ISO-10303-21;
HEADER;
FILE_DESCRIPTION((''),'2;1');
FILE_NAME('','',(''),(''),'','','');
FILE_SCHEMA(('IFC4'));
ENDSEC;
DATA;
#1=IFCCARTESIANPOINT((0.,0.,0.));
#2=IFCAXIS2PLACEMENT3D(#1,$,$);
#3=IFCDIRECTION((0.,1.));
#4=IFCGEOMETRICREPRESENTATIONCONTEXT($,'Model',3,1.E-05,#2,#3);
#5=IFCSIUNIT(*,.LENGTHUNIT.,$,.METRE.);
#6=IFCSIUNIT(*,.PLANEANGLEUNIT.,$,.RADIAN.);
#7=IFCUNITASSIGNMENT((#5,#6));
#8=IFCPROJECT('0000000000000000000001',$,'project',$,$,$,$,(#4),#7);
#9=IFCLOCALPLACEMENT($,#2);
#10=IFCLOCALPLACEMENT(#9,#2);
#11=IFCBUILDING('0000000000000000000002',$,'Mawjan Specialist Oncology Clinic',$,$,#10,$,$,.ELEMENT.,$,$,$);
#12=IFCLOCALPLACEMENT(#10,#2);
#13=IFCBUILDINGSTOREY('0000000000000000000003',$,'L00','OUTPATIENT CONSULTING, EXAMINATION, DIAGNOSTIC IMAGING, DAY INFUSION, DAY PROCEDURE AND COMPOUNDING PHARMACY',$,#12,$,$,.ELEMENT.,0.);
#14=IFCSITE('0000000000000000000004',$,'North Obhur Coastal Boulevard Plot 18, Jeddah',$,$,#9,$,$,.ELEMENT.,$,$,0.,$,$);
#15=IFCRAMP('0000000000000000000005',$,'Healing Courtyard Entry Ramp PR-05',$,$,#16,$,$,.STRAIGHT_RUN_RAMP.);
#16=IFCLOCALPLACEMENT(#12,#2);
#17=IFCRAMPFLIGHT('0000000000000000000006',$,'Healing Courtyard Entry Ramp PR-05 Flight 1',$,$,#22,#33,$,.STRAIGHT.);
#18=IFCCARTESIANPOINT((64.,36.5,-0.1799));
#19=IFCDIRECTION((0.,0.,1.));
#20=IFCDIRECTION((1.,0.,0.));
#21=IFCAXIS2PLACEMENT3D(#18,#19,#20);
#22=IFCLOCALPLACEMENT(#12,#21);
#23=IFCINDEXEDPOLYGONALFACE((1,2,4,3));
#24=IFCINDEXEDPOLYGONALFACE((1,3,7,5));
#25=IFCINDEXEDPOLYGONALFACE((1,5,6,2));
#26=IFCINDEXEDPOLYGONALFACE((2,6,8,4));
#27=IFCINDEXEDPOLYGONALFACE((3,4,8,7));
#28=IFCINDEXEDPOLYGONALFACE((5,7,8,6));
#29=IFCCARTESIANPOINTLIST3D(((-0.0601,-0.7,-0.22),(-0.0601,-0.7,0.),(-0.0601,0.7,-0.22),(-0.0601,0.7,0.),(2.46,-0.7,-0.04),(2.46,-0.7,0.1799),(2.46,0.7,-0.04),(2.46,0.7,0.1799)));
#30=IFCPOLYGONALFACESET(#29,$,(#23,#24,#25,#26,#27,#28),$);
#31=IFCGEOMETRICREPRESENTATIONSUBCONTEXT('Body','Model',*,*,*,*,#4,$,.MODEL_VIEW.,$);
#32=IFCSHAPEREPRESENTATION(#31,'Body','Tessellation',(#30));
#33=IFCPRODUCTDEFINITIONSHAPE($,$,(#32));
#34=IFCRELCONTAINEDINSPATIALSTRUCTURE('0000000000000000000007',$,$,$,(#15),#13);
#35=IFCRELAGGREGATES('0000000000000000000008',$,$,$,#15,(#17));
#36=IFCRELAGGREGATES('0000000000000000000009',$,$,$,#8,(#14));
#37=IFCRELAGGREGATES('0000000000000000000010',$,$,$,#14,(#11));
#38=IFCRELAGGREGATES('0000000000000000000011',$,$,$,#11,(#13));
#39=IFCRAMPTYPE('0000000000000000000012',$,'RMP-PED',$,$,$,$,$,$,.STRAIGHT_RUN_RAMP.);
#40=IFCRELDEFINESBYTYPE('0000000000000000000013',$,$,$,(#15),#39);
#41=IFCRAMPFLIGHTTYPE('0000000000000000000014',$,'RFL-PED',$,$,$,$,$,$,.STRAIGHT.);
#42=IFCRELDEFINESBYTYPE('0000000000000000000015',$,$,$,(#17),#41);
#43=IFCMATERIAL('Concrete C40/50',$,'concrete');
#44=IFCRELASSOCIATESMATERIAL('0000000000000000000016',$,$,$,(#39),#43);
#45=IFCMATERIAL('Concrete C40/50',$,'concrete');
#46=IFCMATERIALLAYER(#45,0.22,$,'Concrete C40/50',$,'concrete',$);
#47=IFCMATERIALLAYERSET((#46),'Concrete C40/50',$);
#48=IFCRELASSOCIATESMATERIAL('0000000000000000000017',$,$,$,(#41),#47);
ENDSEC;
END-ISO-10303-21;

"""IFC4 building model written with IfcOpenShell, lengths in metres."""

from ifc_helpers import new_model, si_unit, direction, frame, origin, place, context, subcontext, project, spatial, polyline, outline, extrude, material, layer, layer_set, type_object, element, aggregate, save


model = new_model("IFC4")

# Units and contexts
model_context = context("Model", 3, precision=1e-05, world=origin(), true_north=direction((0.0, 1.0)))
body_context = subcontext(model_context, "Body", "Model", "MODEL_VIEW")
ifc_project = project(units=[si_unit("LENGTHUNIT", "METRE"), si_unit("PLANEANGLEUNIT", "RADIAN")], contexts=[model_context])

# Site, building, storey
site_placement = place(None, origin())
site = spatial("IfcSite", under=ifc_project, at=site_placement, Name="North Obhur Coastal Boulevard Plot 18, Jeddah", CompositionType="ELEMENT", RefElevation=0.0)
building_placement = place(site_placement, origin())
building = spatial("IfcBuilding", under=site, at=building_placement, Name="Mawjan Specialist Oncology Clinic", CompositionType="ELEMENT")
storey_placement = place(building_placement, origin())
storey = spatial("IfcBuildingStorey", under=building, at=storey_placement, Name="L00", Description="OUTPATIENT CONSULTING, EXAMINATION, DIAGNOSTIC IMAGING, DAY INFUSION, DAY PROCEDURE AND COMPOUNDING PHARMACY", CompositionType="ELEMENT", Elevation=0.0)

# Ramp, ramp flight
ifc_material_1 = material(Name="Concrete C40/50", Category="concrete")
ramp_type = type_object("IfcRampType", Name="RMP-PED", PredefinedType="STRAIGHT_RUN_RAMP", material=ifc_material_1)
ramp_placement = place(storey_placement, origin())
ramp = element("IfcRamp", 1, at=ramp_placement, inside=storey, type_object=ramp_type, Name="Healing Courtyard Entry Ramp PR-05", PredefinedType="STRAIGHT_RUN_RAMP")
ifc_material_2 = material(Name="Concrete C40/50", Category="concrete")
ifc_layer_1 = layer(ifc_material_2, 0.22, Name="Concrete C40/50", Category="concrete")
ifc_layer_set_1 = layer_set([ifc_layer_1], Name="Concrete C40/50")
ramp_flight_type = type_object("IfcRampFlightType", Name="RFL-PED", PredefinedType="STRAIGHT", material=ifc_layer_set_1)
ramp_flight_placement = place(storey_placement, frame((64.0, 36.5, -0.1799), z_axis=(0.0, 0.0, 1.0), x_axis=(1.0, 0.0, 0.0)))
ramp_flight = element("IfcRampFlight", 2, at=ramp_flight_placement, type_object=ramp_flight_type, Name="Healing Courtyard Entry Ramp PR-05 Flight 1", PredefinedType="STRAIGHT", context=body_context, shape_type="SweptSolid", body=[
    extrude(outline(polyline([(-0.0601, -0.22), (2.46, -0.04), (2.46, 0.1799), (-0.0601, 0.0), (-0.0601, -0.22)])), frame((0.0, 0.7, 0.0), z_axis=(0.0, -1.0, 0.0), x_axis=(1.0, 0.0, 0.0)), (0.0, 0.0, 1.0), 1.3999),
])
aggregate(ramp, [ramp_flight])

save(model, "model.ifc")
